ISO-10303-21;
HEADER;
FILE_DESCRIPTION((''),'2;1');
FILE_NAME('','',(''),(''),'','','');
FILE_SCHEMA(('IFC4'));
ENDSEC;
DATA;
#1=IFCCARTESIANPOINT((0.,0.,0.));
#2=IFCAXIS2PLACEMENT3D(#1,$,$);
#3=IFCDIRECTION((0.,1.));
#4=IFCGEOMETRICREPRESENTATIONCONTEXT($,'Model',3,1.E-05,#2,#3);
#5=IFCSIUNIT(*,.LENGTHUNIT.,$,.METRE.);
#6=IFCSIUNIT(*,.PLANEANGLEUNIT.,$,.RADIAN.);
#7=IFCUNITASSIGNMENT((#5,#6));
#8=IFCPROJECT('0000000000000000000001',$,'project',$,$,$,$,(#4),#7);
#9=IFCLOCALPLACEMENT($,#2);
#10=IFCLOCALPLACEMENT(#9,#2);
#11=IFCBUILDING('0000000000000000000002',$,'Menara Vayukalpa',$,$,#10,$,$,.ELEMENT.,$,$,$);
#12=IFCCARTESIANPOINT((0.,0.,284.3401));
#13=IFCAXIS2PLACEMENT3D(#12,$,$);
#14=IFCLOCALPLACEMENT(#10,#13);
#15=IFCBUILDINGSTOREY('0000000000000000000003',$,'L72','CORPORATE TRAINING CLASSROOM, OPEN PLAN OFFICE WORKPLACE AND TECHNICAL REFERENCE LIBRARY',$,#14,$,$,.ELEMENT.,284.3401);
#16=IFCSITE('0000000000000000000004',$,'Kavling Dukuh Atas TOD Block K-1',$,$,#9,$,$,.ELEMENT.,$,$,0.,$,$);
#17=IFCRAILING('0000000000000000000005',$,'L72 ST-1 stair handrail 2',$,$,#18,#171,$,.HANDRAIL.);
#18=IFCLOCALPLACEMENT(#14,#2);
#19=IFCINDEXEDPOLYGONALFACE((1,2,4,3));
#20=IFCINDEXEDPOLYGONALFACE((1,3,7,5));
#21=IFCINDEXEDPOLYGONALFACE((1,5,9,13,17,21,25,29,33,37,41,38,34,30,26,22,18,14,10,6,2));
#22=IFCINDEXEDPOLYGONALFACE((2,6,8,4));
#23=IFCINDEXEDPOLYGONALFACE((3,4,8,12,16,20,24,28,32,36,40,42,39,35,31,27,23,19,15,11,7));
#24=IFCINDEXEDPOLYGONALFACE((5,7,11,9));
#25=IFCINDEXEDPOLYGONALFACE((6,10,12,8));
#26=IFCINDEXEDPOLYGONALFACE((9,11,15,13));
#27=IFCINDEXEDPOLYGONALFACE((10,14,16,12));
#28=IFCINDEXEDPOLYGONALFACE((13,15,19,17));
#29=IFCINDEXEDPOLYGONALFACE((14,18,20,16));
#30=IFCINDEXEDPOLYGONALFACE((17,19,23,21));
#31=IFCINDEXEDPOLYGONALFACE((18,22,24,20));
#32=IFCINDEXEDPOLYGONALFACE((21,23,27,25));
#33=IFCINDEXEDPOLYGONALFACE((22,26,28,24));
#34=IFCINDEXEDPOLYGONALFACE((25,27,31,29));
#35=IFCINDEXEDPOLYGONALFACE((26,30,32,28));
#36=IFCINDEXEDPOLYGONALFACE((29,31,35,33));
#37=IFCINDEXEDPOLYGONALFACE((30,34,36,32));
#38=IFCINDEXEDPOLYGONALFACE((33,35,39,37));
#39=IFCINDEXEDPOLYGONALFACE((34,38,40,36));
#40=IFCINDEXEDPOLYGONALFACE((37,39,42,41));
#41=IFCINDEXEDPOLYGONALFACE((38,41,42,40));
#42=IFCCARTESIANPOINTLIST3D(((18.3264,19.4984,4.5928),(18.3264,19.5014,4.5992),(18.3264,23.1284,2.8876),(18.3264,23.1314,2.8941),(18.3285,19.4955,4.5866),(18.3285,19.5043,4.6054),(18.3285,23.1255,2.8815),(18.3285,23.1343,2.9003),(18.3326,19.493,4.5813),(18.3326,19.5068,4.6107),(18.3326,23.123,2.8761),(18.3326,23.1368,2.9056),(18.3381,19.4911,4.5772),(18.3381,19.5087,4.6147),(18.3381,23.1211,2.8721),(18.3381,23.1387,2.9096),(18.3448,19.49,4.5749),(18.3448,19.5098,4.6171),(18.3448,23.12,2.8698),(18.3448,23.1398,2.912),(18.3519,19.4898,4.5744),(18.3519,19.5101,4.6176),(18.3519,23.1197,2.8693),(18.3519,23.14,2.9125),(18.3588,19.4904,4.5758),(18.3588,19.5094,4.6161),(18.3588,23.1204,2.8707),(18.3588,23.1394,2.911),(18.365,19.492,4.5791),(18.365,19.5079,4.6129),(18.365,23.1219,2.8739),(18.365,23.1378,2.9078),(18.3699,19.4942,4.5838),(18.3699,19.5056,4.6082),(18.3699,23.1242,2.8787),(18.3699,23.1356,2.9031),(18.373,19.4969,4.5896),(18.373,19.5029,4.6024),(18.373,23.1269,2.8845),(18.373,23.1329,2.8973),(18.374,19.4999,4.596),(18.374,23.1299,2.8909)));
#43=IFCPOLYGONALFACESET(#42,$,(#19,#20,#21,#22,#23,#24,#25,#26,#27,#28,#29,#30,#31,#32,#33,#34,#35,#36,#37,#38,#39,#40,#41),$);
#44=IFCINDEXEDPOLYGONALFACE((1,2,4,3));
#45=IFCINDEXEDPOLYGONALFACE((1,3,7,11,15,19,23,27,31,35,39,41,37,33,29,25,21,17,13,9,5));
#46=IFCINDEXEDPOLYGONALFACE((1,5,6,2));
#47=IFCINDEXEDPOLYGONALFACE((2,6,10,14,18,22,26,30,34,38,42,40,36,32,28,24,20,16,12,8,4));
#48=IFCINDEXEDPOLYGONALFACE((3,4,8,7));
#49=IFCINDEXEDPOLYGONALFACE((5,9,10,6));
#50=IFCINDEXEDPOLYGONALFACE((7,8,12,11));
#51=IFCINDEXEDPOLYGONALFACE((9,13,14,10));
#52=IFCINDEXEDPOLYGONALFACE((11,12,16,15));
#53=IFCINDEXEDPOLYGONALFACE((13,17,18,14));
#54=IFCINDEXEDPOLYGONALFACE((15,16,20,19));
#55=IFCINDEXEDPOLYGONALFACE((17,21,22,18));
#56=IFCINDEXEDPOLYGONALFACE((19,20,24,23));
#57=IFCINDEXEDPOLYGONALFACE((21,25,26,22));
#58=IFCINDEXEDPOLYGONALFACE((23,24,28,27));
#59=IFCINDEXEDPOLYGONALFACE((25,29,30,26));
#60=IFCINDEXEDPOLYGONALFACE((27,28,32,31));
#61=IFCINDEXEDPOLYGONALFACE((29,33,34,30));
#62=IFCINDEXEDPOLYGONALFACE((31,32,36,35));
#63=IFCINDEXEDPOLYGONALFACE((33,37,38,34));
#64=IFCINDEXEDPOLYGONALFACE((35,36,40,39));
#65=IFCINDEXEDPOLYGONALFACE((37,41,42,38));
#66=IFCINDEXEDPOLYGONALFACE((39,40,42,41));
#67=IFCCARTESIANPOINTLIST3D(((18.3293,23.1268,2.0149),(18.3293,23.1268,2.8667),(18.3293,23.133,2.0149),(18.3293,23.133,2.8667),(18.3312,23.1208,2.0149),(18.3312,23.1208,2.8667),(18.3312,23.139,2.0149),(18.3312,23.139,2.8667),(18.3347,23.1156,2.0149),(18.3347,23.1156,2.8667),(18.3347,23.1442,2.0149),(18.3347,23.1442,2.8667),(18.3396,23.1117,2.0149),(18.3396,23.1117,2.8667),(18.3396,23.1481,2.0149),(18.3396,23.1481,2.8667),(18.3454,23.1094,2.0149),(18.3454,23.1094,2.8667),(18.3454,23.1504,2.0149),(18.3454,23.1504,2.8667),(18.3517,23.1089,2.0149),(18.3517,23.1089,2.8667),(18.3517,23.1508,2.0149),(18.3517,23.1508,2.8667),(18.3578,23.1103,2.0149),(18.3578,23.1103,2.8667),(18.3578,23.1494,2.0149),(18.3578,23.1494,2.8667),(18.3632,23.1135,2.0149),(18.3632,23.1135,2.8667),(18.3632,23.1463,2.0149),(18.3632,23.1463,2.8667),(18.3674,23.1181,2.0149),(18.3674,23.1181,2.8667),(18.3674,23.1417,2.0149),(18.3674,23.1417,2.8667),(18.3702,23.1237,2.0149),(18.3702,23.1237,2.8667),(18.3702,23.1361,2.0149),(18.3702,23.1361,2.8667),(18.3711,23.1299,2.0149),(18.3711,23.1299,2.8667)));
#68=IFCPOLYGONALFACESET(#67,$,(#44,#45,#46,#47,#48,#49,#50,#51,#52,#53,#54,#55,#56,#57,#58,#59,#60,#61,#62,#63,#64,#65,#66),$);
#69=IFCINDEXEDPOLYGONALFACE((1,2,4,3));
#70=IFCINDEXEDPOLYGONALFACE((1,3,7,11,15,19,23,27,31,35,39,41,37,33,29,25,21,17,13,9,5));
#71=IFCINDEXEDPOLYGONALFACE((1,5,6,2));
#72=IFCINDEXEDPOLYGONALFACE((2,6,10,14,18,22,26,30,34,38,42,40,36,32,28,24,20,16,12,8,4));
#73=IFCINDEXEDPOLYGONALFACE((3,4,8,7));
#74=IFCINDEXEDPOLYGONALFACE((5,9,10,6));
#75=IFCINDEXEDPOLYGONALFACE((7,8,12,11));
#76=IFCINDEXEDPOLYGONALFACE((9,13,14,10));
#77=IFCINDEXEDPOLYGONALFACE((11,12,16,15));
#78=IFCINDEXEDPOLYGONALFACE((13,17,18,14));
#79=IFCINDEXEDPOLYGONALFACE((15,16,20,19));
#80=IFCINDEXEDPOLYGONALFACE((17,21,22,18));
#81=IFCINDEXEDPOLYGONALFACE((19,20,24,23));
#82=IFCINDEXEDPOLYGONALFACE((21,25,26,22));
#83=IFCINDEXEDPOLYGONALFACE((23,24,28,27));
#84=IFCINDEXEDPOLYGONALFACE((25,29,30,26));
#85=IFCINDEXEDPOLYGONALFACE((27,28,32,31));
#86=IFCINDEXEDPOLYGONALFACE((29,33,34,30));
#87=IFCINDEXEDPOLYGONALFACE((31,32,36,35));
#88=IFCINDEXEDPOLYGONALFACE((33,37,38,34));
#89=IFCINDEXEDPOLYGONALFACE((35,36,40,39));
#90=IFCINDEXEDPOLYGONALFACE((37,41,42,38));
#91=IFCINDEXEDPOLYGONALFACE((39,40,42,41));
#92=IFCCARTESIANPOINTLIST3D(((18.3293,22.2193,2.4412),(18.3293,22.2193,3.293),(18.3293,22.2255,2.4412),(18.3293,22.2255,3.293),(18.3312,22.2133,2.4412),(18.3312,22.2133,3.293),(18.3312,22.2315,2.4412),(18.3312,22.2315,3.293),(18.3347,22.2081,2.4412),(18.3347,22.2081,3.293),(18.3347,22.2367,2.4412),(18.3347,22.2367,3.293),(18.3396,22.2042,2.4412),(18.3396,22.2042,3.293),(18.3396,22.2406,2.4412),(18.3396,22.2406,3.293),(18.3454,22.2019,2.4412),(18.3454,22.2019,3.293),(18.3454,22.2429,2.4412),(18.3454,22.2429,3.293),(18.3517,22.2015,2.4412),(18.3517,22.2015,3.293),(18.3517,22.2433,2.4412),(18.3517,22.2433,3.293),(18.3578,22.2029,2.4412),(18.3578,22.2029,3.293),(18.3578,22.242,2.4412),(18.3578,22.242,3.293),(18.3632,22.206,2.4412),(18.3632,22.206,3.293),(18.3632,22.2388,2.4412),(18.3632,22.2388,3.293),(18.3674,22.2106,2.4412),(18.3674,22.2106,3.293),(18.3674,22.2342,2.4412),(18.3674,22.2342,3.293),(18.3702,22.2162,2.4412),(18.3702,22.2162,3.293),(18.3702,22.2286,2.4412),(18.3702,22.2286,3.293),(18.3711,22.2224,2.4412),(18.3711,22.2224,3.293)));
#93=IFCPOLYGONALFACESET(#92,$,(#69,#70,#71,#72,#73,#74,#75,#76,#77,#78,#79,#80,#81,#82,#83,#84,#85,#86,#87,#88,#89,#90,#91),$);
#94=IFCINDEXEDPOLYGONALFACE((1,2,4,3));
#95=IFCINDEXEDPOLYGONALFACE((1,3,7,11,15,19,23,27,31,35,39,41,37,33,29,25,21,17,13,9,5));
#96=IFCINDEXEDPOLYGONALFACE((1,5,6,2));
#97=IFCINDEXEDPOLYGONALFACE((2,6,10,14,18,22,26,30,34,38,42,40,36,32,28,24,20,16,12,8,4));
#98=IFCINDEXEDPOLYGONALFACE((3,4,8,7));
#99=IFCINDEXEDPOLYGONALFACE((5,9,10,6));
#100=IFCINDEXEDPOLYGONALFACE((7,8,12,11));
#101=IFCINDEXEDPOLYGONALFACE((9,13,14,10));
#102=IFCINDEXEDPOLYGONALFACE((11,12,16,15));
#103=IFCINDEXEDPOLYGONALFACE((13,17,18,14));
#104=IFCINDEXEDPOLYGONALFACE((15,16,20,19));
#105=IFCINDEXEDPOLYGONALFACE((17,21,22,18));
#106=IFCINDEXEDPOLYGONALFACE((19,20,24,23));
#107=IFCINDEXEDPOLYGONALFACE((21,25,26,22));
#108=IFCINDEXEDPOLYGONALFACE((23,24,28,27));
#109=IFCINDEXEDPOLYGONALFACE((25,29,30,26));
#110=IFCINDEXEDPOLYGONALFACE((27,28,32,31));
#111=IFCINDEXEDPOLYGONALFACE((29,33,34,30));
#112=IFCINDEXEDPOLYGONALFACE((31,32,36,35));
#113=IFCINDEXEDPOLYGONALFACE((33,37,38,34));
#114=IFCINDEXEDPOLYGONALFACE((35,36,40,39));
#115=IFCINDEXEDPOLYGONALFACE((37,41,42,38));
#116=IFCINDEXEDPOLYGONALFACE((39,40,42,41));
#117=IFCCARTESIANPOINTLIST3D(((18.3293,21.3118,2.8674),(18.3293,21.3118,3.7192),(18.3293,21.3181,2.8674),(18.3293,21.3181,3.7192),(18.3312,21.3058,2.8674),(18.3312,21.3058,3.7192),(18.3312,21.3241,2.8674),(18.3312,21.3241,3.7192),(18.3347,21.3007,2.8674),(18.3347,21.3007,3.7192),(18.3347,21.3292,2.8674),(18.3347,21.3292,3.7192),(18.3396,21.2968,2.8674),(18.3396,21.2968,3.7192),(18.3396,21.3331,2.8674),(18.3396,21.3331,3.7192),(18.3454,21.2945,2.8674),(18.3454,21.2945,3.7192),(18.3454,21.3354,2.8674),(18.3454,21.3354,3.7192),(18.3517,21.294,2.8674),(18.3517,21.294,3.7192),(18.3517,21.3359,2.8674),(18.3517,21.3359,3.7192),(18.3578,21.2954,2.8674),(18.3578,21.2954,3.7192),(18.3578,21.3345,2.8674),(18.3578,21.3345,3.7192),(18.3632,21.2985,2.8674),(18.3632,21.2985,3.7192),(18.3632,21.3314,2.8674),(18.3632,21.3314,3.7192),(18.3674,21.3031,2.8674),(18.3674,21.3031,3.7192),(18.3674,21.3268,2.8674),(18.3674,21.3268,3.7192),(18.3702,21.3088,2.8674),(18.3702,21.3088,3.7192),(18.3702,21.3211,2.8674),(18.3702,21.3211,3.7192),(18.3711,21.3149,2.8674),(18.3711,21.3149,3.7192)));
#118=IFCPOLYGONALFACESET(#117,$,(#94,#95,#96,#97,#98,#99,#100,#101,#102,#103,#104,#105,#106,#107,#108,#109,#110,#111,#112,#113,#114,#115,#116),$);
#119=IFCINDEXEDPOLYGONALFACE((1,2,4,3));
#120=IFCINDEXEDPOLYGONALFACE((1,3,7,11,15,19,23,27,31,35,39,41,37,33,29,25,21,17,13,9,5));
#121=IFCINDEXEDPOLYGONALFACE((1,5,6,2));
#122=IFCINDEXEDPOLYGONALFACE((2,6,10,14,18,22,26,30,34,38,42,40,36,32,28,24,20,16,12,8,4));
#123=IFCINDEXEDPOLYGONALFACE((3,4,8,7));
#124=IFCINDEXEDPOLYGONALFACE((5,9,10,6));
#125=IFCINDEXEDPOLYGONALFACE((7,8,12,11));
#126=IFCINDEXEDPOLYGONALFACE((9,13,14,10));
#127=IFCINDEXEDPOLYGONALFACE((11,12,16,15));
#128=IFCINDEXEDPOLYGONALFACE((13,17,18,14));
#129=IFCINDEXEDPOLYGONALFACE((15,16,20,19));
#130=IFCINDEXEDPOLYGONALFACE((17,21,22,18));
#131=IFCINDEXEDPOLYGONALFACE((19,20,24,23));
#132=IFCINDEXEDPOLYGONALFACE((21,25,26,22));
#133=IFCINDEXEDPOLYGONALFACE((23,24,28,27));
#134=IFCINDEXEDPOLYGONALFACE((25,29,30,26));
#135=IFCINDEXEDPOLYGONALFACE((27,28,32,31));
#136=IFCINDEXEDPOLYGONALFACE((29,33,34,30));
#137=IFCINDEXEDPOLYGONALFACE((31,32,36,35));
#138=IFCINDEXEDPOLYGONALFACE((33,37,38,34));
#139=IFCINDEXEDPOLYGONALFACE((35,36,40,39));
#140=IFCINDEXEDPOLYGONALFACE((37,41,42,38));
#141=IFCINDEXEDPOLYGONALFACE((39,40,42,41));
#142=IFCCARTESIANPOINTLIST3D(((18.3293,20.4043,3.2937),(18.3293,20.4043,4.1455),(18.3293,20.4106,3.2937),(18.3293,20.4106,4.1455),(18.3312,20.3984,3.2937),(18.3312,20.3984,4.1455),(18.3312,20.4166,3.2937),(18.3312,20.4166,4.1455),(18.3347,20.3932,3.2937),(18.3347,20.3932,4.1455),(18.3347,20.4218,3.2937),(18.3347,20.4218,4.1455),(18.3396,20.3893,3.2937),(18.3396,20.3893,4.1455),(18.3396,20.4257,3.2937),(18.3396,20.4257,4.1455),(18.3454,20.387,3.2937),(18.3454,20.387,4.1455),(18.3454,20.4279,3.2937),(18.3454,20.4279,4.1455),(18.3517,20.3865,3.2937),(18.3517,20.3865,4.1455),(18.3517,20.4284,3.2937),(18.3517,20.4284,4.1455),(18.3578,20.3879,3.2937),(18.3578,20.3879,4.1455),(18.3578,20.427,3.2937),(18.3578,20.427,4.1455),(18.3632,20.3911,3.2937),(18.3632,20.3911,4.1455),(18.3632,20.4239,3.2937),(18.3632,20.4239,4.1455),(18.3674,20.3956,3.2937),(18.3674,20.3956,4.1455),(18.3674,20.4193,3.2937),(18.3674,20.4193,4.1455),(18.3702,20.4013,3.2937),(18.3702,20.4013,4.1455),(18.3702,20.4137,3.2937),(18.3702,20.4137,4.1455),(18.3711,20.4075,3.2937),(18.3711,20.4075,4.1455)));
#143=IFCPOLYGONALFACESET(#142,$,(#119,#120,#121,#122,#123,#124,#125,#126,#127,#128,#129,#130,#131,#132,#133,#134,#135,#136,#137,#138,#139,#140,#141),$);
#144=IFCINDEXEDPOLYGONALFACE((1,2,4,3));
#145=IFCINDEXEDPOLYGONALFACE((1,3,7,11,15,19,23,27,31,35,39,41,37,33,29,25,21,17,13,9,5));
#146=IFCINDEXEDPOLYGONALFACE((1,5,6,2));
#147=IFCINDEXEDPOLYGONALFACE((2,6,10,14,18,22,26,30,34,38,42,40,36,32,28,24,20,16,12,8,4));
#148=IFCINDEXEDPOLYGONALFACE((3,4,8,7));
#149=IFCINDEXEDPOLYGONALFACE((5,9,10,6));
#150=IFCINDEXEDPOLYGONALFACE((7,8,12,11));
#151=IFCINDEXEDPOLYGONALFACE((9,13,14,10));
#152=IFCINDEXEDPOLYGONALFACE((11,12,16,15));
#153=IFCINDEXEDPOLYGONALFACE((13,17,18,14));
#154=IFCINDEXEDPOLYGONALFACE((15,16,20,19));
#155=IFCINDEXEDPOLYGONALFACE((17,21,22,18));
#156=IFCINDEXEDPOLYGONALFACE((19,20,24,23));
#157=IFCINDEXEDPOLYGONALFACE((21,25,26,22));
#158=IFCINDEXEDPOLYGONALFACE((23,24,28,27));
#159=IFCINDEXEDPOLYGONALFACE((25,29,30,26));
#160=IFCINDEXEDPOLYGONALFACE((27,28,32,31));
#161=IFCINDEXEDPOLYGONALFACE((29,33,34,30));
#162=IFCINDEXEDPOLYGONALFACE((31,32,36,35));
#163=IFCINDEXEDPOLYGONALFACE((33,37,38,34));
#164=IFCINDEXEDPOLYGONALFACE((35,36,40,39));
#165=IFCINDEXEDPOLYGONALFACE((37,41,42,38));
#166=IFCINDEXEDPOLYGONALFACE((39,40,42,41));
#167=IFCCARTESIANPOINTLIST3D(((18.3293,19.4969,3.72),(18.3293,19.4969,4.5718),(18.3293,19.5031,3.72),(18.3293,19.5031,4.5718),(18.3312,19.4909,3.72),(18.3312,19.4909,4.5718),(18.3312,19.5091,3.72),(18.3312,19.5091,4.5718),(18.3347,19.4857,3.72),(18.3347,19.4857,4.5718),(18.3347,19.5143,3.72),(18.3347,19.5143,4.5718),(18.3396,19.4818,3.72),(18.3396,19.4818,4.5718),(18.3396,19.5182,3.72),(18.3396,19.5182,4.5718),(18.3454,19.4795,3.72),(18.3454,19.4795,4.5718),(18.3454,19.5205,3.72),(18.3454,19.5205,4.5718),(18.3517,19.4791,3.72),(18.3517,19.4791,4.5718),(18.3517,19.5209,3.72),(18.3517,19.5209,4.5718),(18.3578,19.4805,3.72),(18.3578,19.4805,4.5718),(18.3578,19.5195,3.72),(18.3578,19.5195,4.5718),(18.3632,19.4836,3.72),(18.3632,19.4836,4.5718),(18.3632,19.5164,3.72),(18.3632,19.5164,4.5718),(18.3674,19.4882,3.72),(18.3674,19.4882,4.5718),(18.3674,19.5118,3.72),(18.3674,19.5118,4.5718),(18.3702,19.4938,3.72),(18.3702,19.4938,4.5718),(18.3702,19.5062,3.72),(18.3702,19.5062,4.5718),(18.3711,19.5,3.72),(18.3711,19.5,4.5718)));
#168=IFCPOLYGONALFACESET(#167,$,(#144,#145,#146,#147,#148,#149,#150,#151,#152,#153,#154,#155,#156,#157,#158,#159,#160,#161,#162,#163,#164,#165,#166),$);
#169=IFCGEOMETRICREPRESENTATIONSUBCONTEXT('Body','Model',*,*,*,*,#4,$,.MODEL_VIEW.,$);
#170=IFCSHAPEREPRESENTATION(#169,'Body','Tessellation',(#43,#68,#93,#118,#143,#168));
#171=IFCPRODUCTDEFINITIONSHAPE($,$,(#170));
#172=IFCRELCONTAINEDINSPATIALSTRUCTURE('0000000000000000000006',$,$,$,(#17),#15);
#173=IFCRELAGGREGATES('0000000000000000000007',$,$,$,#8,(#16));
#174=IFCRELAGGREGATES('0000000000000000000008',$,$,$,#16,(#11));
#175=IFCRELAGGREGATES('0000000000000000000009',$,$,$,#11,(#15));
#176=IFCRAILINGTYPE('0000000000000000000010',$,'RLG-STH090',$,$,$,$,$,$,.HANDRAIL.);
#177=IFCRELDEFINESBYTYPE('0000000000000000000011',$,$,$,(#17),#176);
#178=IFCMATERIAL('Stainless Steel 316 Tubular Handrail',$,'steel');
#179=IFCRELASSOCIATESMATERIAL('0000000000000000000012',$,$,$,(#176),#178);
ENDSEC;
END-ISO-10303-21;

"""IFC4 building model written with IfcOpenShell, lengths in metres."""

from ifc_helpers import new_model, si_unit, direction, frame, origin, origin_2d, place, context, subcontext, project, spatial, circle, extrude, material, type_object, element, save


model = new_model("IFC4")

# Units and contexts
model_context = context("Model", 3, precision=1e-05, world=origin(), true_north=direction((0.0, 1.0)))
body_context = subcontext(model_context, "Body", "Model", "MODEL_VIEW")
ifc_project = project(units=[si_unit("LENGTHUNIT", "METRE"), si_unit("PLANEANGLEUNIT", "RADIAN")], contexts=[model_context])

# Site, building, storey
site_placement = place(None, origin())
site = spatial("IfcSite", under=ifc_project, at=site_placement, Name="Kavling Dukuh Atas TOD Block K-1", CompositionType="ELEMENT", RefElevation=0.0)
building_placement = place(site_placement, origin())
building = spatial("IfcBuilding", under=site, at=building_placement, Name="Menara Vayukalpa", CompositionType="ELEMENT")
storey_placement = place(building_placement, frame((0.0, 0.0, 284.3401)))
storey = spatial("IfcBuildingStorey", under=building, at=storey_placement, Name="L72", Description="CORPORATE TRAINING CLASSROOM, OPEN PLAN OFFICE WORKPLACE AND TECHNICAL REFERENCE LIBRARY", CompositionType="ELEMENT", Elevation=284.3401)

# Railing
ifc_material_1 = material(Name="Stainless Steel 316 Tubular Handrail", Category="steel")
railing_type_1 = type_object("IfcRailingType", Name="RLG-STH090", PredefinedType="HANDRAIL", material=ifc_material_1)
railing_1_placement = place(storey_placement, frame((18.3501, 23.1299, 2.0149)))
element("IfcRailing", 1, at=railing_1_placement, inside=storey, type_object=railing_type_1, Name="L72 ST-1 stair handrail 2", PredefinedType="HANDRAIL", context=body_context, shape_type="SweptSolid", body=[
    extrude(circle(Radius=0.0239, at=origin_2d()), frame((0.0, 0.0, 0.876), z_axis=(0.0, -0.905116, 0.425164), x_axis=(1.0, 0.0, 0.0)), (0.0, 0.0, 1.0), 4.0105),
    extrude(circle(Radius=0.021, at=origin_2d()), origin(), (0.0, 0.0, 1.0), 0.8518),
    extrude(circle(Radius=0.021, at=origin_2d()), frame((0.0, -0.9075, 0.4263)), (0.0, 0.0, 1.0), 0.8518),
    extrude(circle(Radius=0.021, at=origin_2d()), frame((0.0, -1.8149, 0.8525)), (0.0, 0.0, 1.0), 0.8518),
    extrude(circle(Radius=0.021, at=origin_2d()), frame((0.0, -2.7224, 1.2788)), (0.0, 0.0, 1.0), 0.8518),
    extrude(circle(Radius=0.021, at=origin_2d()), frame((0.0, -3.6299, 1.7051)), (0.0, 0.0, 1.0), 0.8518),
])

save(model, "model.ifc")
